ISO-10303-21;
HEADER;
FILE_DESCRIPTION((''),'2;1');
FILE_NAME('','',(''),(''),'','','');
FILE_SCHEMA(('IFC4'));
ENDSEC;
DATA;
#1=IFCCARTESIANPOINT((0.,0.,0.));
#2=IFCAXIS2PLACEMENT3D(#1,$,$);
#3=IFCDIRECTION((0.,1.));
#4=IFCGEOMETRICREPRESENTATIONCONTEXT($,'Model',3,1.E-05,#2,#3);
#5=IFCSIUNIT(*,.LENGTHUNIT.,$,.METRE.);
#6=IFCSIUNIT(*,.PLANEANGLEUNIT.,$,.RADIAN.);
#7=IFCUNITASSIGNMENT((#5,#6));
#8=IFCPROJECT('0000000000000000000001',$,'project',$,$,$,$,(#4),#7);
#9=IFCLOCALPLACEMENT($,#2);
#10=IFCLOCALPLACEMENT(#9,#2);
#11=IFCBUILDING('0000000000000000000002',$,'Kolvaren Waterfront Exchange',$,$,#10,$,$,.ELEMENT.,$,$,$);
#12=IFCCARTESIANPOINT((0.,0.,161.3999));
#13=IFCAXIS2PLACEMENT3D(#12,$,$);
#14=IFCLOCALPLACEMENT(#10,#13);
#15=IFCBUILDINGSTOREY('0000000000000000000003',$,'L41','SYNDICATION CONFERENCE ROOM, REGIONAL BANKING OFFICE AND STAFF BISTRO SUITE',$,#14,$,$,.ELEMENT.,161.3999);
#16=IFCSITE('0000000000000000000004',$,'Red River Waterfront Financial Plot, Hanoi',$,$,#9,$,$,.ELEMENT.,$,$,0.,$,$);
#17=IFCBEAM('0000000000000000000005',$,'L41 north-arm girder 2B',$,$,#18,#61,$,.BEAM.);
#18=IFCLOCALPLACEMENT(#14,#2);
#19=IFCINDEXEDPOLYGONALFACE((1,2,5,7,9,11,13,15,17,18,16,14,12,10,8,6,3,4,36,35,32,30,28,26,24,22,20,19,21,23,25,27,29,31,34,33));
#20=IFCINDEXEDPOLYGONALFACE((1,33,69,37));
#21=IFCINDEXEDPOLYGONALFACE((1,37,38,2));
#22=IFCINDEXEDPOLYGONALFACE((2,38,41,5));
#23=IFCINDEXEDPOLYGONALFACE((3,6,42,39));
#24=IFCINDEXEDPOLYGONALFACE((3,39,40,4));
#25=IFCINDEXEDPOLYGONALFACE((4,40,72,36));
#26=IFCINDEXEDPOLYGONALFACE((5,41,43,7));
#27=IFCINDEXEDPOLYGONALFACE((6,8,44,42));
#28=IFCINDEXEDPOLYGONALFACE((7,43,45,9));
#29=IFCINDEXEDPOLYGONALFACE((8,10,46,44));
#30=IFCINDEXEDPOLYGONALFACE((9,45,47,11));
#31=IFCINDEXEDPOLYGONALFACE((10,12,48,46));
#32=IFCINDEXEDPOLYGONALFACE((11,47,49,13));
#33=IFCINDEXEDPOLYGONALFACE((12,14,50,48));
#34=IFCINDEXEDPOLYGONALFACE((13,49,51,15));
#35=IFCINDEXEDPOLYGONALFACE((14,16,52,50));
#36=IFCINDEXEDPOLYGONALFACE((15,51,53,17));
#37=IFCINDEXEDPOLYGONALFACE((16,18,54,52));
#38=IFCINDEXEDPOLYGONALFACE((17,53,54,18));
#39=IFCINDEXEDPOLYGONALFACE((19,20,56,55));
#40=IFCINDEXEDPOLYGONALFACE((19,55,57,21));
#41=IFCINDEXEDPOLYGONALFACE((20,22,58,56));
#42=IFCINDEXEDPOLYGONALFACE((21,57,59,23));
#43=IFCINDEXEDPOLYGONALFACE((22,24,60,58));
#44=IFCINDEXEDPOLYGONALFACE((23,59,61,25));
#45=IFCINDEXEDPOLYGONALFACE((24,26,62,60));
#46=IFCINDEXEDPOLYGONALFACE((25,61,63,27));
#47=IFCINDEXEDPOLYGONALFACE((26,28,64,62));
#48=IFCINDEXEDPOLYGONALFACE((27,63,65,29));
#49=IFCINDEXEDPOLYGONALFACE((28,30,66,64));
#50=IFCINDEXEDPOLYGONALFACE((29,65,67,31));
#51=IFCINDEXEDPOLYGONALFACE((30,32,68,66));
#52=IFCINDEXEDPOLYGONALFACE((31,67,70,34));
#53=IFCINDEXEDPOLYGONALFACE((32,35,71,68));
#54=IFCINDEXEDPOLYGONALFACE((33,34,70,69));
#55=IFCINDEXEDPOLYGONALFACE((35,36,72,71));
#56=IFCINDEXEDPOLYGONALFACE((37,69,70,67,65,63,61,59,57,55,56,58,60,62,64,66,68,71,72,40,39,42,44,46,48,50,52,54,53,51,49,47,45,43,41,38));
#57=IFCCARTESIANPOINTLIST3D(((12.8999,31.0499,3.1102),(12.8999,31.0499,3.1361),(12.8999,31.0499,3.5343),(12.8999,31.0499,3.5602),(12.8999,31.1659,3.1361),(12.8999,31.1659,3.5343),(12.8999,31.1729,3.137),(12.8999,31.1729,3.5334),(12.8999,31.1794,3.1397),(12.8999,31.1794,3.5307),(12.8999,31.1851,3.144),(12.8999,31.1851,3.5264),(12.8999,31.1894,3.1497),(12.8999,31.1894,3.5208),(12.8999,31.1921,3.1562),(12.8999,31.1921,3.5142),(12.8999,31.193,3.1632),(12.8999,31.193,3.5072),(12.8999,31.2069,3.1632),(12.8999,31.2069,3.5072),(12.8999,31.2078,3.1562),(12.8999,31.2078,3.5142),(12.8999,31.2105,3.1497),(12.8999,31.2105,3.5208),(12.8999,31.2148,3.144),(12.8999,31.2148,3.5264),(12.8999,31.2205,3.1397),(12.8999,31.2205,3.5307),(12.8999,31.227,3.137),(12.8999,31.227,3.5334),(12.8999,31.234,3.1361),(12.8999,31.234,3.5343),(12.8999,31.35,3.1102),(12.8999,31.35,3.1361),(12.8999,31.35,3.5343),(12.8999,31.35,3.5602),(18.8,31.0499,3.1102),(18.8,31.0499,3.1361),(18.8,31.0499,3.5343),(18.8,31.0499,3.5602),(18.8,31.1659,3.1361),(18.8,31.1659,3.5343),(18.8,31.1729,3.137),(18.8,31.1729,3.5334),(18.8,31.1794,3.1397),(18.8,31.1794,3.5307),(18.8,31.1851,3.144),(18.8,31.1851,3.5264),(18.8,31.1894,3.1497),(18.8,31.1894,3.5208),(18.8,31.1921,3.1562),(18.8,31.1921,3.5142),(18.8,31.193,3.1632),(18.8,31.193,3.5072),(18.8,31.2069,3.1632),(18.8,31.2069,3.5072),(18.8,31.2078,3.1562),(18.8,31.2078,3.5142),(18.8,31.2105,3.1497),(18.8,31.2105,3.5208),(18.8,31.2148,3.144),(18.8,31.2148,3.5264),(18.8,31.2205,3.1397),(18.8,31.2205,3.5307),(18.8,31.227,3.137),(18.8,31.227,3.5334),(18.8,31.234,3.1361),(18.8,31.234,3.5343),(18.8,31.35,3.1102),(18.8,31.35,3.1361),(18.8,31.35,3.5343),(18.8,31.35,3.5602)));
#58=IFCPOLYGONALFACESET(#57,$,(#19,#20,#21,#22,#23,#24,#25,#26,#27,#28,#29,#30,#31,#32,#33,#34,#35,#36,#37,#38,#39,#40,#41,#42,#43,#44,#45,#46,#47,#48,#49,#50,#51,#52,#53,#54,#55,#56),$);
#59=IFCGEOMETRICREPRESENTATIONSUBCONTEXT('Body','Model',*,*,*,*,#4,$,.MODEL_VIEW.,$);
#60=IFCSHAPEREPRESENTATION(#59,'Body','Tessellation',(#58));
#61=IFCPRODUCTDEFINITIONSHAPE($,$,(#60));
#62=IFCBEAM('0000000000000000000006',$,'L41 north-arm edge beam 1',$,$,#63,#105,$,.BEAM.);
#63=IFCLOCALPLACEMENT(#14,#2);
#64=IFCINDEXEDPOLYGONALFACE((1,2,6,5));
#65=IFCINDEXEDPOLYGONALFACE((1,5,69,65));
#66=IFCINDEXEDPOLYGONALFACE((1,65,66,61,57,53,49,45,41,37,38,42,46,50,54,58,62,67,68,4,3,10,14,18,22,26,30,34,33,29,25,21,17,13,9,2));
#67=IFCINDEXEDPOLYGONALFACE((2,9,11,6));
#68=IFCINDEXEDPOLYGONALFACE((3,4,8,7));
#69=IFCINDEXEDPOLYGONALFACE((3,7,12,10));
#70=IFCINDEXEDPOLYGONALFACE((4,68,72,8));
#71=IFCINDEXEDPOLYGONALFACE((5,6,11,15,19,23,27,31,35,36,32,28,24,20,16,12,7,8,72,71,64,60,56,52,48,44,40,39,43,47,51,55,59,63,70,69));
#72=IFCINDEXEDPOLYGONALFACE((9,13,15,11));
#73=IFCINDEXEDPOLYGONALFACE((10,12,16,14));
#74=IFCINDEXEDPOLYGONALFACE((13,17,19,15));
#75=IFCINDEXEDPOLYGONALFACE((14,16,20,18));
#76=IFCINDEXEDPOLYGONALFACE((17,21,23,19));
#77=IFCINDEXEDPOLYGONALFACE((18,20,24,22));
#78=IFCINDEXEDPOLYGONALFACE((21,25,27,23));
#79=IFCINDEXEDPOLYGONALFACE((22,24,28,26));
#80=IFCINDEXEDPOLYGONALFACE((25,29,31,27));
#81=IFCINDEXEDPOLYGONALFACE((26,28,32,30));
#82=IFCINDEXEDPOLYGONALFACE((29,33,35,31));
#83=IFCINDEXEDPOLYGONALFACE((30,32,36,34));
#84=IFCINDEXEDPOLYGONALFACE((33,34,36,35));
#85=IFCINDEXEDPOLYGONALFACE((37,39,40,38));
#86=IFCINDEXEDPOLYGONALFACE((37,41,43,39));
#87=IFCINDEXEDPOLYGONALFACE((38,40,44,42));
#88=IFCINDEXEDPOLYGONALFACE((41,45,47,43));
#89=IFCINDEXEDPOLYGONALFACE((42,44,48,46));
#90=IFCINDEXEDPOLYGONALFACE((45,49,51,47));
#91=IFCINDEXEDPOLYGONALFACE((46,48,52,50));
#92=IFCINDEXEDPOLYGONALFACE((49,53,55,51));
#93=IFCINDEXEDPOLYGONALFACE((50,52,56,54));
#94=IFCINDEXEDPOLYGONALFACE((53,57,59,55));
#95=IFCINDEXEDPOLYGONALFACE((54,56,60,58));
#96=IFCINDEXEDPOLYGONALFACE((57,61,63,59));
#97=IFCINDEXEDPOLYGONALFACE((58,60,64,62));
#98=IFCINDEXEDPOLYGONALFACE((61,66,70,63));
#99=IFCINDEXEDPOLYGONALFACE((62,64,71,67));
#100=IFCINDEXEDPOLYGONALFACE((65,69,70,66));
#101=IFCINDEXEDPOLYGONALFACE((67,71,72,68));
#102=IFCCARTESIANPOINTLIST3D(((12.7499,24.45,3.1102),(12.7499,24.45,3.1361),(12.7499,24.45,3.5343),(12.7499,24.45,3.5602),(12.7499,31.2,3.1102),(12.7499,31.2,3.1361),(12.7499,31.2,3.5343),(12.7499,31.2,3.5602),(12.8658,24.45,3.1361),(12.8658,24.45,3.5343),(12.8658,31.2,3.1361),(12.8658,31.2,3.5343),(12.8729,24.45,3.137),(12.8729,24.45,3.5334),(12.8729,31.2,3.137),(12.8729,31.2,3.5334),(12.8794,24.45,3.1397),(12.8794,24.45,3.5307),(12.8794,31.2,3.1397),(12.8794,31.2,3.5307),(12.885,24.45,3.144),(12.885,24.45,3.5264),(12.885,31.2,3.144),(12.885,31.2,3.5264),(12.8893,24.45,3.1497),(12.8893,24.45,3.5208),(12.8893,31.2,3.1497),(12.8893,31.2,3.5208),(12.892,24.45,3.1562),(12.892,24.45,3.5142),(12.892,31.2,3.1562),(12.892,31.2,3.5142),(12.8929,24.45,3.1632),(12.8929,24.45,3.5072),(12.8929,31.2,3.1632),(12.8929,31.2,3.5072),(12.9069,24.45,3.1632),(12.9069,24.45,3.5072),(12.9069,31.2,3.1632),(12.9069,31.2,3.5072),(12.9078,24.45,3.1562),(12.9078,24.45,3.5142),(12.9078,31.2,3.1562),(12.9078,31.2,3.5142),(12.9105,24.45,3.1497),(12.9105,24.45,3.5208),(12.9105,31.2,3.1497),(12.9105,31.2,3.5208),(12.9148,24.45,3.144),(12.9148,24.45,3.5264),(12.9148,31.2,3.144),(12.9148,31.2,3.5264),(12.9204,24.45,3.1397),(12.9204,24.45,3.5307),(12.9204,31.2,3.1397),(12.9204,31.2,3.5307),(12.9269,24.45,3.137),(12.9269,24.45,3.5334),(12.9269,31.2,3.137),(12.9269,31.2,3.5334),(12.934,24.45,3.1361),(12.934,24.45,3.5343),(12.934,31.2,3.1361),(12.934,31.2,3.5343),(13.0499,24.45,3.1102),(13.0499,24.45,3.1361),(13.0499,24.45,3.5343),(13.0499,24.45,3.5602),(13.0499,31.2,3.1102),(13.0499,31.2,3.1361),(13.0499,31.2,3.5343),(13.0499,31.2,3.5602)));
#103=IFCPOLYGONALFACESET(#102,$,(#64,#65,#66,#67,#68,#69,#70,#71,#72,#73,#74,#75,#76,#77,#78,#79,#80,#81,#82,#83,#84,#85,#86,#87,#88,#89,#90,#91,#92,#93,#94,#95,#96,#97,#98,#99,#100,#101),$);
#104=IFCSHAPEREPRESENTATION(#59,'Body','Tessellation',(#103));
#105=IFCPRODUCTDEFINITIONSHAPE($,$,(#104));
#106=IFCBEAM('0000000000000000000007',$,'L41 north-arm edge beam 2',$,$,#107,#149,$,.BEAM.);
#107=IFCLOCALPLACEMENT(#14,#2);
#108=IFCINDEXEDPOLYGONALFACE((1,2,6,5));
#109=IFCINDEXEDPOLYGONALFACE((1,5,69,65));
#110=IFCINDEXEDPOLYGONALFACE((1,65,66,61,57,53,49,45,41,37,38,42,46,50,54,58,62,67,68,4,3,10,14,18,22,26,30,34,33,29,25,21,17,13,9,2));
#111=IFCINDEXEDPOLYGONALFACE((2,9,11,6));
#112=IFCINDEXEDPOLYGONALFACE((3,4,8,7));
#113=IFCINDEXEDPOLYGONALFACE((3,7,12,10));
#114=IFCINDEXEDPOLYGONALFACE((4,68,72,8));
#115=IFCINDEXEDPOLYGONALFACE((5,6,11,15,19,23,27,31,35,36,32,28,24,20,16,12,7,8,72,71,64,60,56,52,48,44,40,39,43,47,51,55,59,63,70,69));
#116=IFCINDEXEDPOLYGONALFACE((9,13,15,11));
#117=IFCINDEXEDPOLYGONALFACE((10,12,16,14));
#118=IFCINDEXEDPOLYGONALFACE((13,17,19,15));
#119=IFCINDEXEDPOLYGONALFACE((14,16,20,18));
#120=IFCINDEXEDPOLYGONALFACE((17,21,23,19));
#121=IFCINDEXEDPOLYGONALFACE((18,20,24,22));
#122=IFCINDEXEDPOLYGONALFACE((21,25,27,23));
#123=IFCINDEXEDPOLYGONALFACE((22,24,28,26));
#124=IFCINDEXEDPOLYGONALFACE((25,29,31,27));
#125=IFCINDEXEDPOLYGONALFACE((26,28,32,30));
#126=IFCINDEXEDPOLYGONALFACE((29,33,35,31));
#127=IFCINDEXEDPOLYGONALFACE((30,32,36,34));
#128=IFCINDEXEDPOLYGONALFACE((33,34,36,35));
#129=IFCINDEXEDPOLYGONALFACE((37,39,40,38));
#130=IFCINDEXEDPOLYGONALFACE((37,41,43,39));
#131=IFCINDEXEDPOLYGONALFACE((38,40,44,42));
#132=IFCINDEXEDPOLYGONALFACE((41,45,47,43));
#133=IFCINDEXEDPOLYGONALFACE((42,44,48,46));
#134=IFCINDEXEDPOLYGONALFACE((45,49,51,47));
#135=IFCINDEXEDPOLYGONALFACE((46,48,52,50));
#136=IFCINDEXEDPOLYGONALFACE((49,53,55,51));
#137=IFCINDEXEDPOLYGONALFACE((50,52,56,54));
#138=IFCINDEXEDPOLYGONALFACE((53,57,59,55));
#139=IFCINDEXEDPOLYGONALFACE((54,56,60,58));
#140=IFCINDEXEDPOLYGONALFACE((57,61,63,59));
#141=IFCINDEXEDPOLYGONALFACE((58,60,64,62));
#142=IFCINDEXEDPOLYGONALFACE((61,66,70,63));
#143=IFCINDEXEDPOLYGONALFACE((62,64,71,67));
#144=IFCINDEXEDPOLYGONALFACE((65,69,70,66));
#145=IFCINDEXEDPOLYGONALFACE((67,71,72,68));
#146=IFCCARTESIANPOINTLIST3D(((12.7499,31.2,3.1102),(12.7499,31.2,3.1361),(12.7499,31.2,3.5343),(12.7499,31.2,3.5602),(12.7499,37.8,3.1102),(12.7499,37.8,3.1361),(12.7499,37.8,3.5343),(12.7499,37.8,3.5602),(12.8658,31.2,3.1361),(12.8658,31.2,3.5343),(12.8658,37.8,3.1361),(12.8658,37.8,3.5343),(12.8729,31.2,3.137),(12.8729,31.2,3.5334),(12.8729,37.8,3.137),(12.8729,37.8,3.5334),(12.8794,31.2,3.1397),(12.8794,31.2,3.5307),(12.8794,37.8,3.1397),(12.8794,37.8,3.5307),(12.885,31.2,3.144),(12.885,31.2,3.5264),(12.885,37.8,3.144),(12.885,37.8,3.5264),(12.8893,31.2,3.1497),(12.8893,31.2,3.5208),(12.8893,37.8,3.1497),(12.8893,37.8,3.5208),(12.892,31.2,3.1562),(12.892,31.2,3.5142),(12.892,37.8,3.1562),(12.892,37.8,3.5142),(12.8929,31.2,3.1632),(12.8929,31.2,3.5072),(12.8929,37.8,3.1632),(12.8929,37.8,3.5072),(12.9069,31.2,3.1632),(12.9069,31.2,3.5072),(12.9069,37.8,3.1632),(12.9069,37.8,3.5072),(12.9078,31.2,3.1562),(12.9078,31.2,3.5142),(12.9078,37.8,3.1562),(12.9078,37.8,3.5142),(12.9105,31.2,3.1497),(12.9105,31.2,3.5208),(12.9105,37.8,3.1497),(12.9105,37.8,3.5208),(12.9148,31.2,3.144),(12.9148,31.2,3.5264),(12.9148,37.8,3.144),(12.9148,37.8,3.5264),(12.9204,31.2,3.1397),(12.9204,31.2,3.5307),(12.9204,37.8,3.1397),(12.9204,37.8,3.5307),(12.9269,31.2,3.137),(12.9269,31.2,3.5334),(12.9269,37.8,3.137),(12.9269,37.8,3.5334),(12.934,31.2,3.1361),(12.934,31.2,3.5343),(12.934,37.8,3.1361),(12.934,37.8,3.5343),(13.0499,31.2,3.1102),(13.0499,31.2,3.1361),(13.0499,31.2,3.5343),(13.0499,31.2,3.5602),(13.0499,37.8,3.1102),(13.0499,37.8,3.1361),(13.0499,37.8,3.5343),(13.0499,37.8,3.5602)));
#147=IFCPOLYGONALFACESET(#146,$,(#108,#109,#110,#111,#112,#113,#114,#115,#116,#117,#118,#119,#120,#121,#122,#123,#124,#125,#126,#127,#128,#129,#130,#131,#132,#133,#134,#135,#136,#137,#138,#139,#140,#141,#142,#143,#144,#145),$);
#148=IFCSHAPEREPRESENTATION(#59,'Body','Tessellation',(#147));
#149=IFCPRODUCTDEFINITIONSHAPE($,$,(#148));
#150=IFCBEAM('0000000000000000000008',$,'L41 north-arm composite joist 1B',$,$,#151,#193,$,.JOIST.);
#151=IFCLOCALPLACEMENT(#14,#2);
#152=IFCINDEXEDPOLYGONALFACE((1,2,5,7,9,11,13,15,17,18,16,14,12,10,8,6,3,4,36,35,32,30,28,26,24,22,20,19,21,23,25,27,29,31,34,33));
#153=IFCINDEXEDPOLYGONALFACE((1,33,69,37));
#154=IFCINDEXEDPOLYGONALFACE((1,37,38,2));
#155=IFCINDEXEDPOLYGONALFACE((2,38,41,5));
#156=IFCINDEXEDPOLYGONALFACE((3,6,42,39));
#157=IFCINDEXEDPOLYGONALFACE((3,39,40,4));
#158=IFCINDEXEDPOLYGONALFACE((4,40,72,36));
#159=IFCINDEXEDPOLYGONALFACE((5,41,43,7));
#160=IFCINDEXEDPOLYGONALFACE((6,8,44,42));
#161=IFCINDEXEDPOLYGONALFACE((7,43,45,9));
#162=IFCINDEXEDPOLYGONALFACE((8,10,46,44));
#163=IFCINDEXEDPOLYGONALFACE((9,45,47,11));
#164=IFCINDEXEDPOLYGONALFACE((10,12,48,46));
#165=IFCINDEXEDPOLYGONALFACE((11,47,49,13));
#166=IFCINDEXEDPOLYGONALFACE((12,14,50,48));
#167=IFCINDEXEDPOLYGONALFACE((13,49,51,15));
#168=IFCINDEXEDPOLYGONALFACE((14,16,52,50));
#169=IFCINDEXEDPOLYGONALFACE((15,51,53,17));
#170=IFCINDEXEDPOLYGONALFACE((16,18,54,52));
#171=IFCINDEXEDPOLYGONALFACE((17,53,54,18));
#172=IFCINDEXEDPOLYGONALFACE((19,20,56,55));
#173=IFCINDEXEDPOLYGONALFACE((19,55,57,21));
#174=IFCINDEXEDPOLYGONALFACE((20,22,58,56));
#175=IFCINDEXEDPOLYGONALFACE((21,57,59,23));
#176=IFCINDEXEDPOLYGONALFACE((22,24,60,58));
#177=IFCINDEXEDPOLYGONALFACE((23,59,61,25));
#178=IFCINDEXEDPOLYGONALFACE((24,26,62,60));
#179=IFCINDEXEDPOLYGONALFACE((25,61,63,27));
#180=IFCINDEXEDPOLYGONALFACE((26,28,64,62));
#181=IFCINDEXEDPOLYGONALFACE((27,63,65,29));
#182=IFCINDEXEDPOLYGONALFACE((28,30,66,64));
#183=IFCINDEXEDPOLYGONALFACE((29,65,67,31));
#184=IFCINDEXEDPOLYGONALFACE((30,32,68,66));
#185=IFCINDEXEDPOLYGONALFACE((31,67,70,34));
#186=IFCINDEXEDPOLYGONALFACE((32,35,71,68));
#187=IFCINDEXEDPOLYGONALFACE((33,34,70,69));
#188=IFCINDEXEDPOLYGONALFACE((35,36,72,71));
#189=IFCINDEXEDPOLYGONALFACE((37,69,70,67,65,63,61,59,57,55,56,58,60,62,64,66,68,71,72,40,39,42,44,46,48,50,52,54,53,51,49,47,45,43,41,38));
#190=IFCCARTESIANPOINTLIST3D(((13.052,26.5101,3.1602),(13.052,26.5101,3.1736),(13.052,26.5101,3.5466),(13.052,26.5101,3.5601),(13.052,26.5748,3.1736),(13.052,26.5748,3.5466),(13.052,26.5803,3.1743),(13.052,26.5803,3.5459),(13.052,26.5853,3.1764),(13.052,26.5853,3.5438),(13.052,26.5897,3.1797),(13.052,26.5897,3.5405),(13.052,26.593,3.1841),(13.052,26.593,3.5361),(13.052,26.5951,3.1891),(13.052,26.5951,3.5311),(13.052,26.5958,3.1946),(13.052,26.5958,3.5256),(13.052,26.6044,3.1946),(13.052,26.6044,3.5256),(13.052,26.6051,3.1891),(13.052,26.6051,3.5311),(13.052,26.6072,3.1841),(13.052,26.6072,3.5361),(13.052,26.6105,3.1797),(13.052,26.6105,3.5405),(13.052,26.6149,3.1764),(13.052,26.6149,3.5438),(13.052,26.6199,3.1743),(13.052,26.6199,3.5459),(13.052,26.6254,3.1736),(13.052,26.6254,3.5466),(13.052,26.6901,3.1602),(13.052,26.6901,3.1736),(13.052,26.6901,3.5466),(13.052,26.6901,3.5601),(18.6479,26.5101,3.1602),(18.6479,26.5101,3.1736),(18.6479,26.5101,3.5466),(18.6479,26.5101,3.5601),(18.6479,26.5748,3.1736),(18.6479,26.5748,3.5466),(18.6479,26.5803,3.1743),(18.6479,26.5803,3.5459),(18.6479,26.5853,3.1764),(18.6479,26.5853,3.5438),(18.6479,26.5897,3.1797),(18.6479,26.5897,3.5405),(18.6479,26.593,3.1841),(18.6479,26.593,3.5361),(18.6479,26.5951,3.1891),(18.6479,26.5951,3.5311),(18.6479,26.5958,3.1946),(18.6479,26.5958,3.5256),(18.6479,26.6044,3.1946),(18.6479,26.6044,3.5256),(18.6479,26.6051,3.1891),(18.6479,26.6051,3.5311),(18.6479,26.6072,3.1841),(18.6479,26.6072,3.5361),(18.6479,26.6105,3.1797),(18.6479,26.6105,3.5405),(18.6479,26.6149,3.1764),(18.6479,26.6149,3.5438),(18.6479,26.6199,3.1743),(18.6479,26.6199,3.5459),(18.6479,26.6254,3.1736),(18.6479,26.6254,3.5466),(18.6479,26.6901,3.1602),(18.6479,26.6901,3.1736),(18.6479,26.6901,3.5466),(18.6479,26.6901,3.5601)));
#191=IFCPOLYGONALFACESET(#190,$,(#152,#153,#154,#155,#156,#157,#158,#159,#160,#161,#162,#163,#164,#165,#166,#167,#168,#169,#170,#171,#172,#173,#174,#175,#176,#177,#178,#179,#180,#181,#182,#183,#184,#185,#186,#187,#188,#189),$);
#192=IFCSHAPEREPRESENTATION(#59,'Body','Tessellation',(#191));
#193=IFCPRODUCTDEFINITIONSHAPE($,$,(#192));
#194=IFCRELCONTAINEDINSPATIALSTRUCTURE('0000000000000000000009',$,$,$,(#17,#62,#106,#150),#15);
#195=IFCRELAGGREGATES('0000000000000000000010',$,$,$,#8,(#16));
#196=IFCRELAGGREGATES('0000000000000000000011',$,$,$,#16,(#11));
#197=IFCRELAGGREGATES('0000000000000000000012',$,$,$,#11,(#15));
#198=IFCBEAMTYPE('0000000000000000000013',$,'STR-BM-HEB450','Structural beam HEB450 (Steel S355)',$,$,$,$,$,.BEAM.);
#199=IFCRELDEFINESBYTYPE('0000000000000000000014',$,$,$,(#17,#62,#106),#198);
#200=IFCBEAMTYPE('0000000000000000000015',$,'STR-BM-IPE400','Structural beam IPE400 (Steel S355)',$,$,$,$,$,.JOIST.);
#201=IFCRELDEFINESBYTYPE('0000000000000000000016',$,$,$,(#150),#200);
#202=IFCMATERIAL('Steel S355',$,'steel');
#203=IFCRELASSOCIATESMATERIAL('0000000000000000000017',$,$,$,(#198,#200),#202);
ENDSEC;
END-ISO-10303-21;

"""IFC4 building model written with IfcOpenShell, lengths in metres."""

from ifc_helpers import new_model, si_unit, direction, frame, origin, origin_2d, place, context, subcontext, project, spatial, i_section, extrude, material, material_profile, profile_set, type_object, element, save


model = new_model("IFC4")

# Units and contexts
model_context = context("Model", 3, precision=1e-05, world=origin(), true_north=direction((0.0, 1.0)))
body_context = subcontext(model_context, "Body", "Model", "MODEL_VIEW")
ifc_project = project(units=[si_unit("LENGTHUNIT", "METRE"), si_unit("PLANEANGLEUNIT", "RADIAN")], contexts=[model_context])

# Site, building, storey
site_placement = place(None, origin())
site = spatial("IfcSite", under=ifc_project, at=site_placement, Name="Red River Waterfront Financial Plot, Hanoi", CompositionType="ELEMENT", RefElevation=0.0)
building_placement = place(site_placement, origin())
building = spatial("IfcBuilding", under=site, at=building_placement, Name="Kolvaren Waterfront Exchange", CompositionType="ELEMENT")
storey_placement = place(building_placement, frame((0.0, 0.0, 161.3999)))
storey = spatial("IfcBuildingStorey", under=building, at=storey_placement, Name="L41", Description="SYNDICATION CONFERENCE ROOM, REGIONAL BANKING OFFICE AND STAFF BISTRO SUITE", CompositionType="ELEMENT", Elevation=161.3999)

# Beams
ifc_material_1 = material(Name="Steel S355", Category="steel")
ifc_material_profile_1 = material_profile(ifc_material_1, i_section(OverallWidth=0.3, OverallDepth=0.45, WebThickness=0.0139, FlangeThickness=0.0259, FilletRadius=0.0271, at=origin_2d()), Name="HEB450")
ifc_profile_set_1 = profile_set([ifc_material_profile_1], Name="Steel S355")
beam_type_1 = type_object("IfcBeamType", Name="STR-BM-HEB450", Description="Structural beam HEB450 (Steel S355)", PredefinedType="BEAM", material=ifc_profile_set_1)
beam_1_placement = place(storey_placement, frame((12.8999, 31.2, 3.3352), z_axis=(1.0, 0.0, 0.0), x_axis=(0.0, 1.0, 0.0)))
element("IfcBeam", 1, at=beam_1_placement, inside=storey, type_object=beam_type_1, Name="L41 north-arm girder 2B", PredefinedType="BEAM", context=body_context, shape_type="SweptSolid", body=[
    extrude(i_section(OverallWidth=0.3, OverallDepth=0.45, WebThickness=0.0139, FlangeThickness=0.0259, FilletRadius=0.0271, at=origin_2d()), origin(), (0.0, 0.0, 1.0), 5.9001),
])
beam_2_placement = place(storey_placement, frame((12.8999, 24.45, 3.3352), z_axis=(0.0, 1.0, 0.0), x_axis=(-1.0, 0.0, 0.0)))
element("IfcBeam", 2, at=beam_2_placement, inside=storey, type_object=beam_type_1, Name="L41 north-arm edge beam 1", PredefinedType="BEAM", context=body_context, shape_type="SweptSolid", body=[
    extrude(i_section(OverallWidth=0.3, OverallDepth=0.45, WebThickness=0.0139, FlangeThickness=0.0259, FilletRadius=0.0271, at=origin_2d()), origin(), (0.0, 0.0, 1.0), 6.75),
])
beam_3_placement = place(storey_placement, frame((12.8999, 31.2, 3.3352), z_axis=(0.0, 1.0, 0.0), x_axis=(-1.0, 0.0, 0.0)))
element("IfcBeam", 3, at=beam_3_placement, inside=storey, type_object=beam_type_1, Name="L41 north-arm edge beam 2", PredefinedType="BEAM", context=body_context, shape_type="SweptSolid", body=[
    extrude(i_section(OverallWidth=0.3, OverallDepth=0.45, WebThickness=0.0139, FlangeThickness=0.0259, FilletRadius=0.0271, at=origin_2d()), origin(), (0.0, 0.0, 1.0), 6.6001),
])
ifc_material_profile_2 = material_profile(ifc_material_1, i_section(OverallWidth=0.1799, OverallDepth=0.3999, WebThickness=0.0085, FlangeThickness=0.0134, FilletRadius=0.021, at=origin_2d()), Name="IPE400")
ifc_profile_set_2 = profile_set([ifc_material_profile_2], Name="Steel S355")
beam_type_2 = type_object("IfcBeamType", Name="STR-BM-IPE400", Description="Structural beam IPE400 (Steel S355)", PredefinedType="JOIST", material=ifc_profile_set_2)
for number, where, z_axis, x_axis, name in (
    (4, (13.052, 26.6001, 3.3601), (1.0, 0.0, 0.0), (0.0, 1.0, 0.0), "L41 north-arm composite joist 1B"),
):
    element("IfcBeam", number, at=place(storey_placement, frame(where, z_axis=z_axis, x_axis=x_axis)), inside=storey, type_object=beam_type_2, Name=name, PredefinedType="JOIST", context=body_context, shape_type="SweptSolid", body=[
        extrude(i_section(OverallWidth=0.1799, OverallDepth=0.3999, WebThickness=0.0085, FlangeThickness=0.0134, FilletRadius=0.021, at=origin_2d()), origin(), (0.0, 0.0, 1.0), 5.5959),
    ])

save(model, "model.ifc")
